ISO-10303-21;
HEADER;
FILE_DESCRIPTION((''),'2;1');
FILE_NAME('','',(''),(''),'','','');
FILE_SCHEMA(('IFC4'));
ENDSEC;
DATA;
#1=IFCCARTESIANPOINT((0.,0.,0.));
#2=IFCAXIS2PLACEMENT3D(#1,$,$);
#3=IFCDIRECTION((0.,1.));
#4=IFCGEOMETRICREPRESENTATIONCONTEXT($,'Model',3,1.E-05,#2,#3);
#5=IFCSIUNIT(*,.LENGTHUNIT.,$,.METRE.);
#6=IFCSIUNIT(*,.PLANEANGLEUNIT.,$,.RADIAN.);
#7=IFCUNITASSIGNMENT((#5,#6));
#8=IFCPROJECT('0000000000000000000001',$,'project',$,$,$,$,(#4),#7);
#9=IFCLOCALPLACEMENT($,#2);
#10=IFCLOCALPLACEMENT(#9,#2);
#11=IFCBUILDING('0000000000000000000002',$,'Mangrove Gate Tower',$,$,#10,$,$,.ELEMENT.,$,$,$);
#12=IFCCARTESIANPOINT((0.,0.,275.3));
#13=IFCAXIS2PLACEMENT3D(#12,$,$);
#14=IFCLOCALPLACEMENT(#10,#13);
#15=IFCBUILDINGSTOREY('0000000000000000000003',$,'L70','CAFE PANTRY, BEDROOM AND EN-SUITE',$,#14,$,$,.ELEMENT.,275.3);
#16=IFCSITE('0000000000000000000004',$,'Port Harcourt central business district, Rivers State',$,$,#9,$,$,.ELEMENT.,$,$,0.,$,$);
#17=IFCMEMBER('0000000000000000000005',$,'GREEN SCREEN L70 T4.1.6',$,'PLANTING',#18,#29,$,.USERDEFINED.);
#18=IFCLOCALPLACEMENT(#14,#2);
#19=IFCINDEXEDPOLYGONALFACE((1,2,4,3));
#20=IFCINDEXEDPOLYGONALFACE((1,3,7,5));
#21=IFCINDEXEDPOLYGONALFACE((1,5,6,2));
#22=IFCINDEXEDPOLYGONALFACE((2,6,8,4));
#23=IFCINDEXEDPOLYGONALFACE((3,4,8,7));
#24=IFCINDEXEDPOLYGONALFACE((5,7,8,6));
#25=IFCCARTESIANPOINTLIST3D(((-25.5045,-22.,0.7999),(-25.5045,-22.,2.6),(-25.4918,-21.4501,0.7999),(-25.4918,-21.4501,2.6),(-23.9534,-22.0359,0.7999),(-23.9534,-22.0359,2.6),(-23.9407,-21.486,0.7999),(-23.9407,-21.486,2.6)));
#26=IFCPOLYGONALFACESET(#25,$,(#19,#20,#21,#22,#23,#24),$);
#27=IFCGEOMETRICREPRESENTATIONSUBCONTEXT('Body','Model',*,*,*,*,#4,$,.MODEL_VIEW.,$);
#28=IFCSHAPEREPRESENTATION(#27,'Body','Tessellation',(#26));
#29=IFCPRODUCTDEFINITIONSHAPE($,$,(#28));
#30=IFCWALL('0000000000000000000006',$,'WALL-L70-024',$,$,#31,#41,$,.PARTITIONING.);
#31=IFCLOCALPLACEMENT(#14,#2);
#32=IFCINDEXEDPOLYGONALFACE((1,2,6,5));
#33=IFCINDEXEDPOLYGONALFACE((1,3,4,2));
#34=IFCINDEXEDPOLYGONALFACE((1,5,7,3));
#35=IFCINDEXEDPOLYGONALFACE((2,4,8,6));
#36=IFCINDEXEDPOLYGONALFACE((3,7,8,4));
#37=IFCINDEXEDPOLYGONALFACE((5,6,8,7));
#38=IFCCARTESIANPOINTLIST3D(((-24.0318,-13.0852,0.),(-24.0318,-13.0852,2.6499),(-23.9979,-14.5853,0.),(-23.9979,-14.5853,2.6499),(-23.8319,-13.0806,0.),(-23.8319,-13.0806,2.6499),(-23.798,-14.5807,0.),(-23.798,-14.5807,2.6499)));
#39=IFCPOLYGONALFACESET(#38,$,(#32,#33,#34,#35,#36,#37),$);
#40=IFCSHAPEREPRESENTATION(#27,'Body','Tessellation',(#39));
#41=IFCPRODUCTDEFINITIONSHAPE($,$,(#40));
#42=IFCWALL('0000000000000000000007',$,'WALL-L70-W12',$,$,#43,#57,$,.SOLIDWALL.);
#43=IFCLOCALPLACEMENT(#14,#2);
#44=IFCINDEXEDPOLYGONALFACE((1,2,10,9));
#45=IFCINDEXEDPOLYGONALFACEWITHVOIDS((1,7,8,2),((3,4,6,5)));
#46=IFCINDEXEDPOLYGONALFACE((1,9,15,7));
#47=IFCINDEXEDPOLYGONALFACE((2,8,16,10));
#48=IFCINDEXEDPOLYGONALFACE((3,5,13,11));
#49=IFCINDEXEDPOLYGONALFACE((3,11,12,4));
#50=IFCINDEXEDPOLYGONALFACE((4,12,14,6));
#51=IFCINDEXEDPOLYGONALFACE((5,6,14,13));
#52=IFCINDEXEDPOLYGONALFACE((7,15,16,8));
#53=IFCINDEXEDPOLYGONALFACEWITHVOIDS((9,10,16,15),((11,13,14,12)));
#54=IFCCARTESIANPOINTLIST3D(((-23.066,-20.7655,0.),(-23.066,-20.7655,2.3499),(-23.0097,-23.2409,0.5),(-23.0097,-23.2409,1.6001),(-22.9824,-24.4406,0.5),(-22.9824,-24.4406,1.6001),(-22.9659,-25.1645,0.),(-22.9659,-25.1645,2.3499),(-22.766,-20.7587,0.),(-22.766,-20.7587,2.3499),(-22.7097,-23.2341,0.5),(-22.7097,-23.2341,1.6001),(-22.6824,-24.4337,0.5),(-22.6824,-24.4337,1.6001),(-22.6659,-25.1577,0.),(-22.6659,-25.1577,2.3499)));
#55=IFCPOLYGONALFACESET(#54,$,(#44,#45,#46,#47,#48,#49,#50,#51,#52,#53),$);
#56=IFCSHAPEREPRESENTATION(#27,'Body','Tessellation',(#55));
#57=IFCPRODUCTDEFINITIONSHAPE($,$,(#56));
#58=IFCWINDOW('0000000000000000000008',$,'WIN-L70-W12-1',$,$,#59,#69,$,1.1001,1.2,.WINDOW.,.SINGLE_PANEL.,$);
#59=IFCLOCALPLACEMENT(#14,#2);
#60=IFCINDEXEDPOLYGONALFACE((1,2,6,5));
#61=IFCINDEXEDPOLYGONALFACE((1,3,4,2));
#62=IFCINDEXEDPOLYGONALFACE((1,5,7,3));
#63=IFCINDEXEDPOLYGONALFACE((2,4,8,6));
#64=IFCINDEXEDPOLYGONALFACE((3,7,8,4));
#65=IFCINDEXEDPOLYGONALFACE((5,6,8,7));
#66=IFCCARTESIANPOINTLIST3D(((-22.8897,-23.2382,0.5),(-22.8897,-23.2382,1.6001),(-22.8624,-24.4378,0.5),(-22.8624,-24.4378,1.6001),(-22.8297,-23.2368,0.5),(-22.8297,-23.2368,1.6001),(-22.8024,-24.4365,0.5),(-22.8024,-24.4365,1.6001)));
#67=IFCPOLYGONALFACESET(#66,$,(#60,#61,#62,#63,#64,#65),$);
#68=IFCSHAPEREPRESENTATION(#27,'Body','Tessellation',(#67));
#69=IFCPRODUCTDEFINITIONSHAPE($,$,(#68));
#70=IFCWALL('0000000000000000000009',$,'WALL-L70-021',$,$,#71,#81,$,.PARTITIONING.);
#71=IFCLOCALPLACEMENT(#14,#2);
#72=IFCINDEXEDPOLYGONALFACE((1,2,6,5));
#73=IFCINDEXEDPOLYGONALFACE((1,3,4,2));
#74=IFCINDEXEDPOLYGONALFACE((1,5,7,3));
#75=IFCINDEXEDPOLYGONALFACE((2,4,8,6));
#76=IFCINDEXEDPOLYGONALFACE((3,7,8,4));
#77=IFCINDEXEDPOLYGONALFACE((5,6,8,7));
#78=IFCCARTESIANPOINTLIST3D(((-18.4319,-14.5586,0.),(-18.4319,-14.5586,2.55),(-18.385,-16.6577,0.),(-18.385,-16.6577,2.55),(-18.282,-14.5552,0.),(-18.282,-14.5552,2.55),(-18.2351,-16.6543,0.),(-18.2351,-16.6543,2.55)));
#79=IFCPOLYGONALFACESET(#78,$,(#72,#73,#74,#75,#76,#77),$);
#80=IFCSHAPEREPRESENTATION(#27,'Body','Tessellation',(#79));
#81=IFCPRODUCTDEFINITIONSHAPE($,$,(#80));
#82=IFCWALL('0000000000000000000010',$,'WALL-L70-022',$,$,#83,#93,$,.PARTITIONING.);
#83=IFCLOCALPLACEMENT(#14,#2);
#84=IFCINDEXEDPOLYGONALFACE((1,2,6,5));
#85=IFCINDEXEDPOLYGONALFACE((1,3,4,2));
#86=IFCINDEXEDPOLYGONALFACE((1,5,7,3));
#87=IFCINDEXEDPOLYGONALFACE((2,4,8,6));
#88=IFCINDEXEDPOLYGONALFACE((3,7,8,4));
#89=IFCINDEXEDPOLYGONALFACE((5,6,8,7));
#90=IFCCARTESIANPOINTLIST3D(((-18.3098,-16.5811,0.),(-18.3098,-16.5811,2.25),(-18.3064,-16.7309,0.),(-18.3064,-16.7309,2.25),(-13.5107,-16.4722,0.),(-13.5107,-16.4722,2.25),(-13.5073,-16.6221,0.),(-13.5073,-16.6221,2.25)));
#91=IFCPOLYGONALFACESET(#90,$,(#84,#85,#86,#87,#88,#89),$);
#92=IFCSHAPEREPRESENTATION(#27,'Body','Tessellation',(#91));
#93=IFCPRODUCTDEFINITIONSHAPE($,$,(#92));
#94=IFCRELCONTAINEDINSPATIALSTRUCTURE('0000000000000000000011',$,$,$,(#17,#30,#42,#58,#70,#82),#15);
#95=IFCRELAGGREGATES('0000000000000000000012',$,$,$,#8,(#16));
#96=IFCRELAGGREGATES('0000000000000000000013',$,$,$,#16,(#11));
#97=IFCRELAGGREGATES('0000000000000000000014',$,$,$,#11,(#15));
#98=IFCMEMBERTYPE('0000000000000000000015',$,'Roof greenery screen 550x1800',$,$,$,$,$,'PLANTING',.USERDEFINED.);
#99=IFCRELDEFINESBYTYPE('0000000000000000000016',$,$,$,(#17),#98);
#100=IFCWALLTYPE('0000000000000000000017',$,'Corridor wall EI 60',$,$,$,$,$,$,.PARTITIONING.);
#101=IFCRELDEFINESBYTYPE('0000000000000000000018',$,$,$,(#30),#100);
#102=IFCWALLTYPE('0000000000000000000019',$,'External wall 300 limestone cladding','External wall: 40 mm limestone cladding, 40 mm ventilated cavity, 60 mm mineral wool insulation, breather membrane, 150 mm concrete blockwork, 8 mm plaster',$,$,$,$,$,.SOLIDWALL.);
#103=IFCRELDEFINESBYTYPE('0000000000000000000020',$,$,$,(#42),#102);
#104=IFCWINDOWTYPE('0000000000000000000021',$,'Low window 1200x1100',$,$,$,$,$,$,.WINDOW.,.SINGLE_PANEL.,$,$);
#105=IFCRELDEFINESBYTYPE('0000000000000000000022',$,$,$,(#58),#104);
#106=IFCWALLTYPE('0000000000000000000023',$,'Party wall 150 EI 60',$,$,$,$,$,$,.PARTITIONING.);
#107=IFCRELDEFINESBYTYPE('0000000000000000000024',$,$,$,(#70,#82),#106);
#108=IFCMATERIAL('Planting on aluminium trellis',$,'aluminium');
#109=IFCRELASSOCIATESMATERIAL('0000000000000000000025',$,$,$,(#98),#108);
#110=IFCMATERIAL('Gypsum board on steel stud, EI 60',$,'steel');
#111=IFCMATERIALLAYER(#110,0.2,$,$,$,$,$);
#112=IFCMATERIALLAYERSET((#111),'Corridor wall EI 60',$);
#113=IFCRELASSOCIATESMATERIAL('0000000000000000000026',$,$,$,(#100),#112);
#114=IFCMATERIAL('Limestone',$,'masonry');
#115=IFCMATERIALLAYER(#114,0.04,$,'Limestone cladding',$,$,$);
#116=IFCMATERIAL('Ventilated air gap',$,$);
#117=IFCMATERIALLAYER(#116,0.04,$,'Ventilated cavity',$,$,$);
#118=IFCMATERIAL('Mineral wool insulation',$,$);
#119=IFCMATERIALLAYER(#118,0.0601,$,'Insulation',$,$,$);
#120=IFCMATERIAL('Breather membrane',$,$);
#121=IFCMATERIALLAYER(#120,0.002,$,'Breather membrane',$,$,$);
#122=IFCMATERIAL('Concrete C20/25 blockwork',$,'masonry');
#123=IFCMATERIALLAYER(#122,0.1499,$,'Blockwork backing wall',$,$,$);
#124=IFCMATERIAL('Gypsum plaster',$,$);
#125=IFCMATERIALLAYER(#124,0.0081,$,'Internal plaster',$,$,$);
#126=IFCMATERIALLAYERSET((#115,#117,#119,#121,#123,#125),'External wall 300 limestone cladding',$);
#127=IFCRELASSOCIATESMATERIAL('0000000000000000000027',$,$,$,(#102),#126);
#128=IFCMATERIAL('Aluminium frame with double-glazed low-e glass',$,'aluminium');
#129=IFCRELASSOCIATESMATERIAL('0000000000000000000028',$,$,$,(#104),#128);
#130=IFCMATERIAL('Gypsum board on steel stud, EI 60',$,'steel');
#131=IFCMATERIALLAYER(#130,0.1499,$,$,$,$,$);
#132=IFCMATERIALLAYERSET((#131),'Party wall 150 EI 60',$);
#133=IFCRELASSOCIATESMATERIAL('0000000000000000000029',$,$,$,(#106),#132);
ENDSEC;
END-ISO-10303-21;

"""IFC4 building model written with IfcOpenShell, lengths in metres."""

from ifc_helpers import new_model, si_unit, direction, frame, frame_2d, origin, origin_2d, place, context, subcontext, project, spatial, rectangle, extrude, material, layer, layer_set, material_profile, profile_set, type_object, element, fill, save


model = new_model("IFC4")

# Units and contexts
model_context = context("Model", 3, precision=1e-05, world=origin(), true_north=direction((0.0, 1.0)))
body_context = subcontext(model_context, "Body", "Model", "MODEL_VIEW")
ifc_project = project(units=[si_unit("LENGTHUNIT", "METRE"), si_unit("PLANEANGLEUNIT", "RADIAN")], contexts=[model_context])

# Site, building, storey
site_placement = place(None, origin())
site = spatial("IfcSite", under=ifc_project, at=site_placement, Name="Port Harcourt central business district, Rivers State", CompositionType="ELEMENT", RefElevation=0.0)
building_placement = place(site_placement, origin())
building = spatial("IfcBuilding", under=site, at=building_placement, Name="Mangrove Gate Tower", CompositionType="ELEMENT")
storey_placement = place(building_placement, frame((0.0, 0.0, 275.3)))
storey = spatial("IfcBuildingStorey", under=building, at=storey_placement, Name="L70", Description="CAFE PANTRY, BEDROOM AND EN-SUITE", CompositionType="ELEMENT", Elevation=275.3)

# Member
ifc_material_1 = material(Name="Planting on aluminium trellis", Category="aluminium")
ifc_material_profile = material_profile(ifc_material_1, rectangle(XDim=0.55, YDim=1.8, at=origin_2d()))
ifc_profile_set = profile_set([ifc_material_profile], Name="Planting on aluminium trellis")
member_type = type_object("IfcMemberType", Name="Roof greenery screen 550x1800", ElementType="PLANTING", PredefinedType="USERDEFINED", material=ifc_profile_set)
member_placement = place(storey_placement, frame((-23.947, -21.761, 1.7), z_axis=(-0.999732, 0.023132, 0.0), x_axis=(-0.023132, -0.999732, 0.0)))
element("IfcMember", 1, at=member_placement, inside=storey, type_object=member_type, Name="GREEN SCREEN L70 T4.1.6", ObjectType="PLANTING", PredefinedType="USERDEFINED", context=body_context, shape_type="SweptSolid", body=[
    extrude(rectangle(XDim=0.55, YDim=1.8, at=origin_2d()), origin(), (0.0, 0.0, 1.0), 1.5515),
])

# Wall
ifc_material_2 = material(Name="Gypsum board on steel stud, EI 60", Category="steel")
ifc_layer_1 = layer(ifc_material_2, 0.2)
ifc_layer_set_1 = layer_set([ifc_layer_1], Name="Corridor wall EI 60")
wall_type_1 = type_object("IfcWallType", Name="Corridor wall EI 60", PredefinedType="PARTITIONING", material=ifc_layer_set_1)
wall_1_placement = place(storey_placement, frame((-23.8979, -14.583, 0.0), z_axis=(0.0, 0.0, 1.0), x_axis=(-0.022618, 0.999744, 0.0)))
element("IfcWall", 2, at=wall_1_placement, inside=storey, type_object=wall_type_1, Name="WALL-L70-024", PredefinedType="PARTITIONING", context=body_context, shape_type="SweptSolid", body=[
    extrude(rectangle(XDim=1.5005, YDim=0.2, at=frame_2d((0.7502, 0.0))), origin(), (0.0, 0.0, 1.0), 2.6499),
])

# Wall, opening, window
ifc_material_3 = material(Name="Limestone", Category="masonry")
ifc_layer_2 = layer(ifc_material_3, 0.04, Name="Limestone cladding")
ifc_material_4 = material(Name="Ventilated air gap")
ifc_layer_3 = layer(ifc_material_4, 0.04, Name="Ventilated cavity")
ifc_material_5 = material(Name="Mineral wool insulation")
ifc_layer_4 = layer(ifc_material_5, 0.0601, Name="Insulation")
ifc_material_6 = material(Name="Breather membrane")
ifc_layer_5 = layer(ifc_material_6, 0.002, Name="Breather membrane")
ifc_material_7 = material(Name="Concrete C20/25 blockwork", Category="masonry")
ifc_layer_6 = layer(ifc_material_7, 0.1499, Name="Blockwork backing wall")
ifc_material_8 = material(Name="Gypsum plaster")
ifc_layer_7 = layer(ifc_material_8, 0.0081, Name="Internal plaster")
ifc_layer_set_2 = layer_set([ifc_layer_2, ifc_layer_3, ifc_layer_4, ifc_layer_5, ifc_layer_6, ifc_layer_7], Name="External wall 300 limestone cladding")
wall_type_2 = type_object("IfcWallType", Name="External wall 300 limestone cladding", Description="External wall: 40 mm limestone cladding, 40 mm ventilated cavity, 60 mm mineral wool insulation, breather membrane, 150 mm concrete blockwork, 8 mm plaster", PredefinedType="SOLIDWALL", material=ifc_layer_set_2)
wall_2_placement = place(storey_placement, frame((-22.916, -20.762, 0.0), z_axis=(0.0, 0.0, 1.0), x_axis=(0.022749, -0.999741, 0.0)))
wall_2 = element("IfcWall", 3, at=wall_2_placement, inside=storey, type_object=wall_type_2, Name="WALL-L70-W12", PredefinedType="SOLIDWALL", context=body_context, shape_type="SweptSolid", body=[
    extrude(rectangle(XDim=4.4001, YDim=0.3, at=frame_2d((2.2002, 0.0))), origin(), (0.0, 0.0, 1.0), 2.3499),
])
opening_1_placement = place(wall_2_placement, frame((2.4761, 0.0, 0.5)))
opening_1 = element("IfcOpeningElement", 4, at=opening_1_placement, cuts=wall_2, PredefinedType="OPENING", context=body_context, shape_type="SweptSolid", body=[
    extrude(rectangle(XDim=1.2, YDim=1.1001, at=frame_2d((0.6001, 0.55))), frame((0.0, 0.1599, 0.0), z_axis=(0.0, -1.0, 0.0), x_axis=(1.0, 0.0, 0.0)), (0.0, 0.0, 1.0), 0.3201),
])
ifc_material_9 = material(Name="Aluminium frame with double-glazed low-e glass", Category="aluminium")
window_type = type_object("IfcWindowType", Name="Low window 1200x1100", PartitioningType="SINGLE_PANEL", PredefinedType="WINDOW", material=ifc_material_9)
window_placement = place(opening_1_placement, origin())
window = element("IfcWindow", 5, at=window_placement, inside=storey, type_object=window_type, Name="WIN-L70-W12-1", OverallHeight=1.1001, OverallWidth=1.2, PartitioningType="SINGLE_PANEL", PredefinedType="WINDOW", context=body_context, shape_type="SweptSolid", body=[
    extrude(rectangle(XDim=1.2, YDim=1.1001, at=frame_2d((0.6001, 0.55))), frame((0.0, 0.03, 0.0), z_axis=(0.0, -1.0, 0.0), x_axis=(1.0, 0.0, 0.0)), (0.0, 0.0, 1.0), 0.0601),
])
fill(opening_1, window)

# Walls
ifc_material_10 = material(Name="Gypsum board on steel stud, EI 60", Category="steel")
ifc_layer_8 = layer(ifc_material_10, 0.1499)
ifc_layer_set_3 = layer_set([ifc_layer_8], Name="Party wall 150 EI 60")
wall_type_3 = type_object("IfcWallType", Name="Party wall 150 EI 60", PredefinedType="PARTITIONING", material=ifc_layer_set_3)
wall_3_placement = place(storey_placement, frame((-18.3101, -16.656, 0.0), z_axis=(0.0, 0.0, 1.0), x_axis=(-0.022325, 0.999751, 0.0)))
element("IfcWall", 6, at=wall_3_placement, inside=storey, type_object=wall_type_3, Name="WALL-L70-021", PredefinedType="PARTITIONING", context=body_context, shape_type="SweptSolid", body=[
    extrude(rectangle(XDim=2.0996, YDim=0.1499, at=frame_2d((1.0498, 0.0))), origin(), (0.0, 0.0, 1.0), 2.55),
])
wall_4_placement = place(storey_placement, frame((-18.3081, -16.656, 0.0), z_axis=(0.0, 0.0, 1.0), x_axis=(0.999743, 0.022683, 0.0)))
element("IfcWall", 7, at=wall_4_placement, inside=storey, type_object=wall_type_3, Name="WALL-L70-022", PredefinedType="PARTITIONING", context=body_context, shape_type="SweptSolid", body=[
    extrude(rectangle(XDim=4.8003, YDim=0.1499, at=frame_2d((2.4001, 0.0))), origin(), (0.0, 0.0, 1.0), 2.25),
])

save(model, "model.ifc")
